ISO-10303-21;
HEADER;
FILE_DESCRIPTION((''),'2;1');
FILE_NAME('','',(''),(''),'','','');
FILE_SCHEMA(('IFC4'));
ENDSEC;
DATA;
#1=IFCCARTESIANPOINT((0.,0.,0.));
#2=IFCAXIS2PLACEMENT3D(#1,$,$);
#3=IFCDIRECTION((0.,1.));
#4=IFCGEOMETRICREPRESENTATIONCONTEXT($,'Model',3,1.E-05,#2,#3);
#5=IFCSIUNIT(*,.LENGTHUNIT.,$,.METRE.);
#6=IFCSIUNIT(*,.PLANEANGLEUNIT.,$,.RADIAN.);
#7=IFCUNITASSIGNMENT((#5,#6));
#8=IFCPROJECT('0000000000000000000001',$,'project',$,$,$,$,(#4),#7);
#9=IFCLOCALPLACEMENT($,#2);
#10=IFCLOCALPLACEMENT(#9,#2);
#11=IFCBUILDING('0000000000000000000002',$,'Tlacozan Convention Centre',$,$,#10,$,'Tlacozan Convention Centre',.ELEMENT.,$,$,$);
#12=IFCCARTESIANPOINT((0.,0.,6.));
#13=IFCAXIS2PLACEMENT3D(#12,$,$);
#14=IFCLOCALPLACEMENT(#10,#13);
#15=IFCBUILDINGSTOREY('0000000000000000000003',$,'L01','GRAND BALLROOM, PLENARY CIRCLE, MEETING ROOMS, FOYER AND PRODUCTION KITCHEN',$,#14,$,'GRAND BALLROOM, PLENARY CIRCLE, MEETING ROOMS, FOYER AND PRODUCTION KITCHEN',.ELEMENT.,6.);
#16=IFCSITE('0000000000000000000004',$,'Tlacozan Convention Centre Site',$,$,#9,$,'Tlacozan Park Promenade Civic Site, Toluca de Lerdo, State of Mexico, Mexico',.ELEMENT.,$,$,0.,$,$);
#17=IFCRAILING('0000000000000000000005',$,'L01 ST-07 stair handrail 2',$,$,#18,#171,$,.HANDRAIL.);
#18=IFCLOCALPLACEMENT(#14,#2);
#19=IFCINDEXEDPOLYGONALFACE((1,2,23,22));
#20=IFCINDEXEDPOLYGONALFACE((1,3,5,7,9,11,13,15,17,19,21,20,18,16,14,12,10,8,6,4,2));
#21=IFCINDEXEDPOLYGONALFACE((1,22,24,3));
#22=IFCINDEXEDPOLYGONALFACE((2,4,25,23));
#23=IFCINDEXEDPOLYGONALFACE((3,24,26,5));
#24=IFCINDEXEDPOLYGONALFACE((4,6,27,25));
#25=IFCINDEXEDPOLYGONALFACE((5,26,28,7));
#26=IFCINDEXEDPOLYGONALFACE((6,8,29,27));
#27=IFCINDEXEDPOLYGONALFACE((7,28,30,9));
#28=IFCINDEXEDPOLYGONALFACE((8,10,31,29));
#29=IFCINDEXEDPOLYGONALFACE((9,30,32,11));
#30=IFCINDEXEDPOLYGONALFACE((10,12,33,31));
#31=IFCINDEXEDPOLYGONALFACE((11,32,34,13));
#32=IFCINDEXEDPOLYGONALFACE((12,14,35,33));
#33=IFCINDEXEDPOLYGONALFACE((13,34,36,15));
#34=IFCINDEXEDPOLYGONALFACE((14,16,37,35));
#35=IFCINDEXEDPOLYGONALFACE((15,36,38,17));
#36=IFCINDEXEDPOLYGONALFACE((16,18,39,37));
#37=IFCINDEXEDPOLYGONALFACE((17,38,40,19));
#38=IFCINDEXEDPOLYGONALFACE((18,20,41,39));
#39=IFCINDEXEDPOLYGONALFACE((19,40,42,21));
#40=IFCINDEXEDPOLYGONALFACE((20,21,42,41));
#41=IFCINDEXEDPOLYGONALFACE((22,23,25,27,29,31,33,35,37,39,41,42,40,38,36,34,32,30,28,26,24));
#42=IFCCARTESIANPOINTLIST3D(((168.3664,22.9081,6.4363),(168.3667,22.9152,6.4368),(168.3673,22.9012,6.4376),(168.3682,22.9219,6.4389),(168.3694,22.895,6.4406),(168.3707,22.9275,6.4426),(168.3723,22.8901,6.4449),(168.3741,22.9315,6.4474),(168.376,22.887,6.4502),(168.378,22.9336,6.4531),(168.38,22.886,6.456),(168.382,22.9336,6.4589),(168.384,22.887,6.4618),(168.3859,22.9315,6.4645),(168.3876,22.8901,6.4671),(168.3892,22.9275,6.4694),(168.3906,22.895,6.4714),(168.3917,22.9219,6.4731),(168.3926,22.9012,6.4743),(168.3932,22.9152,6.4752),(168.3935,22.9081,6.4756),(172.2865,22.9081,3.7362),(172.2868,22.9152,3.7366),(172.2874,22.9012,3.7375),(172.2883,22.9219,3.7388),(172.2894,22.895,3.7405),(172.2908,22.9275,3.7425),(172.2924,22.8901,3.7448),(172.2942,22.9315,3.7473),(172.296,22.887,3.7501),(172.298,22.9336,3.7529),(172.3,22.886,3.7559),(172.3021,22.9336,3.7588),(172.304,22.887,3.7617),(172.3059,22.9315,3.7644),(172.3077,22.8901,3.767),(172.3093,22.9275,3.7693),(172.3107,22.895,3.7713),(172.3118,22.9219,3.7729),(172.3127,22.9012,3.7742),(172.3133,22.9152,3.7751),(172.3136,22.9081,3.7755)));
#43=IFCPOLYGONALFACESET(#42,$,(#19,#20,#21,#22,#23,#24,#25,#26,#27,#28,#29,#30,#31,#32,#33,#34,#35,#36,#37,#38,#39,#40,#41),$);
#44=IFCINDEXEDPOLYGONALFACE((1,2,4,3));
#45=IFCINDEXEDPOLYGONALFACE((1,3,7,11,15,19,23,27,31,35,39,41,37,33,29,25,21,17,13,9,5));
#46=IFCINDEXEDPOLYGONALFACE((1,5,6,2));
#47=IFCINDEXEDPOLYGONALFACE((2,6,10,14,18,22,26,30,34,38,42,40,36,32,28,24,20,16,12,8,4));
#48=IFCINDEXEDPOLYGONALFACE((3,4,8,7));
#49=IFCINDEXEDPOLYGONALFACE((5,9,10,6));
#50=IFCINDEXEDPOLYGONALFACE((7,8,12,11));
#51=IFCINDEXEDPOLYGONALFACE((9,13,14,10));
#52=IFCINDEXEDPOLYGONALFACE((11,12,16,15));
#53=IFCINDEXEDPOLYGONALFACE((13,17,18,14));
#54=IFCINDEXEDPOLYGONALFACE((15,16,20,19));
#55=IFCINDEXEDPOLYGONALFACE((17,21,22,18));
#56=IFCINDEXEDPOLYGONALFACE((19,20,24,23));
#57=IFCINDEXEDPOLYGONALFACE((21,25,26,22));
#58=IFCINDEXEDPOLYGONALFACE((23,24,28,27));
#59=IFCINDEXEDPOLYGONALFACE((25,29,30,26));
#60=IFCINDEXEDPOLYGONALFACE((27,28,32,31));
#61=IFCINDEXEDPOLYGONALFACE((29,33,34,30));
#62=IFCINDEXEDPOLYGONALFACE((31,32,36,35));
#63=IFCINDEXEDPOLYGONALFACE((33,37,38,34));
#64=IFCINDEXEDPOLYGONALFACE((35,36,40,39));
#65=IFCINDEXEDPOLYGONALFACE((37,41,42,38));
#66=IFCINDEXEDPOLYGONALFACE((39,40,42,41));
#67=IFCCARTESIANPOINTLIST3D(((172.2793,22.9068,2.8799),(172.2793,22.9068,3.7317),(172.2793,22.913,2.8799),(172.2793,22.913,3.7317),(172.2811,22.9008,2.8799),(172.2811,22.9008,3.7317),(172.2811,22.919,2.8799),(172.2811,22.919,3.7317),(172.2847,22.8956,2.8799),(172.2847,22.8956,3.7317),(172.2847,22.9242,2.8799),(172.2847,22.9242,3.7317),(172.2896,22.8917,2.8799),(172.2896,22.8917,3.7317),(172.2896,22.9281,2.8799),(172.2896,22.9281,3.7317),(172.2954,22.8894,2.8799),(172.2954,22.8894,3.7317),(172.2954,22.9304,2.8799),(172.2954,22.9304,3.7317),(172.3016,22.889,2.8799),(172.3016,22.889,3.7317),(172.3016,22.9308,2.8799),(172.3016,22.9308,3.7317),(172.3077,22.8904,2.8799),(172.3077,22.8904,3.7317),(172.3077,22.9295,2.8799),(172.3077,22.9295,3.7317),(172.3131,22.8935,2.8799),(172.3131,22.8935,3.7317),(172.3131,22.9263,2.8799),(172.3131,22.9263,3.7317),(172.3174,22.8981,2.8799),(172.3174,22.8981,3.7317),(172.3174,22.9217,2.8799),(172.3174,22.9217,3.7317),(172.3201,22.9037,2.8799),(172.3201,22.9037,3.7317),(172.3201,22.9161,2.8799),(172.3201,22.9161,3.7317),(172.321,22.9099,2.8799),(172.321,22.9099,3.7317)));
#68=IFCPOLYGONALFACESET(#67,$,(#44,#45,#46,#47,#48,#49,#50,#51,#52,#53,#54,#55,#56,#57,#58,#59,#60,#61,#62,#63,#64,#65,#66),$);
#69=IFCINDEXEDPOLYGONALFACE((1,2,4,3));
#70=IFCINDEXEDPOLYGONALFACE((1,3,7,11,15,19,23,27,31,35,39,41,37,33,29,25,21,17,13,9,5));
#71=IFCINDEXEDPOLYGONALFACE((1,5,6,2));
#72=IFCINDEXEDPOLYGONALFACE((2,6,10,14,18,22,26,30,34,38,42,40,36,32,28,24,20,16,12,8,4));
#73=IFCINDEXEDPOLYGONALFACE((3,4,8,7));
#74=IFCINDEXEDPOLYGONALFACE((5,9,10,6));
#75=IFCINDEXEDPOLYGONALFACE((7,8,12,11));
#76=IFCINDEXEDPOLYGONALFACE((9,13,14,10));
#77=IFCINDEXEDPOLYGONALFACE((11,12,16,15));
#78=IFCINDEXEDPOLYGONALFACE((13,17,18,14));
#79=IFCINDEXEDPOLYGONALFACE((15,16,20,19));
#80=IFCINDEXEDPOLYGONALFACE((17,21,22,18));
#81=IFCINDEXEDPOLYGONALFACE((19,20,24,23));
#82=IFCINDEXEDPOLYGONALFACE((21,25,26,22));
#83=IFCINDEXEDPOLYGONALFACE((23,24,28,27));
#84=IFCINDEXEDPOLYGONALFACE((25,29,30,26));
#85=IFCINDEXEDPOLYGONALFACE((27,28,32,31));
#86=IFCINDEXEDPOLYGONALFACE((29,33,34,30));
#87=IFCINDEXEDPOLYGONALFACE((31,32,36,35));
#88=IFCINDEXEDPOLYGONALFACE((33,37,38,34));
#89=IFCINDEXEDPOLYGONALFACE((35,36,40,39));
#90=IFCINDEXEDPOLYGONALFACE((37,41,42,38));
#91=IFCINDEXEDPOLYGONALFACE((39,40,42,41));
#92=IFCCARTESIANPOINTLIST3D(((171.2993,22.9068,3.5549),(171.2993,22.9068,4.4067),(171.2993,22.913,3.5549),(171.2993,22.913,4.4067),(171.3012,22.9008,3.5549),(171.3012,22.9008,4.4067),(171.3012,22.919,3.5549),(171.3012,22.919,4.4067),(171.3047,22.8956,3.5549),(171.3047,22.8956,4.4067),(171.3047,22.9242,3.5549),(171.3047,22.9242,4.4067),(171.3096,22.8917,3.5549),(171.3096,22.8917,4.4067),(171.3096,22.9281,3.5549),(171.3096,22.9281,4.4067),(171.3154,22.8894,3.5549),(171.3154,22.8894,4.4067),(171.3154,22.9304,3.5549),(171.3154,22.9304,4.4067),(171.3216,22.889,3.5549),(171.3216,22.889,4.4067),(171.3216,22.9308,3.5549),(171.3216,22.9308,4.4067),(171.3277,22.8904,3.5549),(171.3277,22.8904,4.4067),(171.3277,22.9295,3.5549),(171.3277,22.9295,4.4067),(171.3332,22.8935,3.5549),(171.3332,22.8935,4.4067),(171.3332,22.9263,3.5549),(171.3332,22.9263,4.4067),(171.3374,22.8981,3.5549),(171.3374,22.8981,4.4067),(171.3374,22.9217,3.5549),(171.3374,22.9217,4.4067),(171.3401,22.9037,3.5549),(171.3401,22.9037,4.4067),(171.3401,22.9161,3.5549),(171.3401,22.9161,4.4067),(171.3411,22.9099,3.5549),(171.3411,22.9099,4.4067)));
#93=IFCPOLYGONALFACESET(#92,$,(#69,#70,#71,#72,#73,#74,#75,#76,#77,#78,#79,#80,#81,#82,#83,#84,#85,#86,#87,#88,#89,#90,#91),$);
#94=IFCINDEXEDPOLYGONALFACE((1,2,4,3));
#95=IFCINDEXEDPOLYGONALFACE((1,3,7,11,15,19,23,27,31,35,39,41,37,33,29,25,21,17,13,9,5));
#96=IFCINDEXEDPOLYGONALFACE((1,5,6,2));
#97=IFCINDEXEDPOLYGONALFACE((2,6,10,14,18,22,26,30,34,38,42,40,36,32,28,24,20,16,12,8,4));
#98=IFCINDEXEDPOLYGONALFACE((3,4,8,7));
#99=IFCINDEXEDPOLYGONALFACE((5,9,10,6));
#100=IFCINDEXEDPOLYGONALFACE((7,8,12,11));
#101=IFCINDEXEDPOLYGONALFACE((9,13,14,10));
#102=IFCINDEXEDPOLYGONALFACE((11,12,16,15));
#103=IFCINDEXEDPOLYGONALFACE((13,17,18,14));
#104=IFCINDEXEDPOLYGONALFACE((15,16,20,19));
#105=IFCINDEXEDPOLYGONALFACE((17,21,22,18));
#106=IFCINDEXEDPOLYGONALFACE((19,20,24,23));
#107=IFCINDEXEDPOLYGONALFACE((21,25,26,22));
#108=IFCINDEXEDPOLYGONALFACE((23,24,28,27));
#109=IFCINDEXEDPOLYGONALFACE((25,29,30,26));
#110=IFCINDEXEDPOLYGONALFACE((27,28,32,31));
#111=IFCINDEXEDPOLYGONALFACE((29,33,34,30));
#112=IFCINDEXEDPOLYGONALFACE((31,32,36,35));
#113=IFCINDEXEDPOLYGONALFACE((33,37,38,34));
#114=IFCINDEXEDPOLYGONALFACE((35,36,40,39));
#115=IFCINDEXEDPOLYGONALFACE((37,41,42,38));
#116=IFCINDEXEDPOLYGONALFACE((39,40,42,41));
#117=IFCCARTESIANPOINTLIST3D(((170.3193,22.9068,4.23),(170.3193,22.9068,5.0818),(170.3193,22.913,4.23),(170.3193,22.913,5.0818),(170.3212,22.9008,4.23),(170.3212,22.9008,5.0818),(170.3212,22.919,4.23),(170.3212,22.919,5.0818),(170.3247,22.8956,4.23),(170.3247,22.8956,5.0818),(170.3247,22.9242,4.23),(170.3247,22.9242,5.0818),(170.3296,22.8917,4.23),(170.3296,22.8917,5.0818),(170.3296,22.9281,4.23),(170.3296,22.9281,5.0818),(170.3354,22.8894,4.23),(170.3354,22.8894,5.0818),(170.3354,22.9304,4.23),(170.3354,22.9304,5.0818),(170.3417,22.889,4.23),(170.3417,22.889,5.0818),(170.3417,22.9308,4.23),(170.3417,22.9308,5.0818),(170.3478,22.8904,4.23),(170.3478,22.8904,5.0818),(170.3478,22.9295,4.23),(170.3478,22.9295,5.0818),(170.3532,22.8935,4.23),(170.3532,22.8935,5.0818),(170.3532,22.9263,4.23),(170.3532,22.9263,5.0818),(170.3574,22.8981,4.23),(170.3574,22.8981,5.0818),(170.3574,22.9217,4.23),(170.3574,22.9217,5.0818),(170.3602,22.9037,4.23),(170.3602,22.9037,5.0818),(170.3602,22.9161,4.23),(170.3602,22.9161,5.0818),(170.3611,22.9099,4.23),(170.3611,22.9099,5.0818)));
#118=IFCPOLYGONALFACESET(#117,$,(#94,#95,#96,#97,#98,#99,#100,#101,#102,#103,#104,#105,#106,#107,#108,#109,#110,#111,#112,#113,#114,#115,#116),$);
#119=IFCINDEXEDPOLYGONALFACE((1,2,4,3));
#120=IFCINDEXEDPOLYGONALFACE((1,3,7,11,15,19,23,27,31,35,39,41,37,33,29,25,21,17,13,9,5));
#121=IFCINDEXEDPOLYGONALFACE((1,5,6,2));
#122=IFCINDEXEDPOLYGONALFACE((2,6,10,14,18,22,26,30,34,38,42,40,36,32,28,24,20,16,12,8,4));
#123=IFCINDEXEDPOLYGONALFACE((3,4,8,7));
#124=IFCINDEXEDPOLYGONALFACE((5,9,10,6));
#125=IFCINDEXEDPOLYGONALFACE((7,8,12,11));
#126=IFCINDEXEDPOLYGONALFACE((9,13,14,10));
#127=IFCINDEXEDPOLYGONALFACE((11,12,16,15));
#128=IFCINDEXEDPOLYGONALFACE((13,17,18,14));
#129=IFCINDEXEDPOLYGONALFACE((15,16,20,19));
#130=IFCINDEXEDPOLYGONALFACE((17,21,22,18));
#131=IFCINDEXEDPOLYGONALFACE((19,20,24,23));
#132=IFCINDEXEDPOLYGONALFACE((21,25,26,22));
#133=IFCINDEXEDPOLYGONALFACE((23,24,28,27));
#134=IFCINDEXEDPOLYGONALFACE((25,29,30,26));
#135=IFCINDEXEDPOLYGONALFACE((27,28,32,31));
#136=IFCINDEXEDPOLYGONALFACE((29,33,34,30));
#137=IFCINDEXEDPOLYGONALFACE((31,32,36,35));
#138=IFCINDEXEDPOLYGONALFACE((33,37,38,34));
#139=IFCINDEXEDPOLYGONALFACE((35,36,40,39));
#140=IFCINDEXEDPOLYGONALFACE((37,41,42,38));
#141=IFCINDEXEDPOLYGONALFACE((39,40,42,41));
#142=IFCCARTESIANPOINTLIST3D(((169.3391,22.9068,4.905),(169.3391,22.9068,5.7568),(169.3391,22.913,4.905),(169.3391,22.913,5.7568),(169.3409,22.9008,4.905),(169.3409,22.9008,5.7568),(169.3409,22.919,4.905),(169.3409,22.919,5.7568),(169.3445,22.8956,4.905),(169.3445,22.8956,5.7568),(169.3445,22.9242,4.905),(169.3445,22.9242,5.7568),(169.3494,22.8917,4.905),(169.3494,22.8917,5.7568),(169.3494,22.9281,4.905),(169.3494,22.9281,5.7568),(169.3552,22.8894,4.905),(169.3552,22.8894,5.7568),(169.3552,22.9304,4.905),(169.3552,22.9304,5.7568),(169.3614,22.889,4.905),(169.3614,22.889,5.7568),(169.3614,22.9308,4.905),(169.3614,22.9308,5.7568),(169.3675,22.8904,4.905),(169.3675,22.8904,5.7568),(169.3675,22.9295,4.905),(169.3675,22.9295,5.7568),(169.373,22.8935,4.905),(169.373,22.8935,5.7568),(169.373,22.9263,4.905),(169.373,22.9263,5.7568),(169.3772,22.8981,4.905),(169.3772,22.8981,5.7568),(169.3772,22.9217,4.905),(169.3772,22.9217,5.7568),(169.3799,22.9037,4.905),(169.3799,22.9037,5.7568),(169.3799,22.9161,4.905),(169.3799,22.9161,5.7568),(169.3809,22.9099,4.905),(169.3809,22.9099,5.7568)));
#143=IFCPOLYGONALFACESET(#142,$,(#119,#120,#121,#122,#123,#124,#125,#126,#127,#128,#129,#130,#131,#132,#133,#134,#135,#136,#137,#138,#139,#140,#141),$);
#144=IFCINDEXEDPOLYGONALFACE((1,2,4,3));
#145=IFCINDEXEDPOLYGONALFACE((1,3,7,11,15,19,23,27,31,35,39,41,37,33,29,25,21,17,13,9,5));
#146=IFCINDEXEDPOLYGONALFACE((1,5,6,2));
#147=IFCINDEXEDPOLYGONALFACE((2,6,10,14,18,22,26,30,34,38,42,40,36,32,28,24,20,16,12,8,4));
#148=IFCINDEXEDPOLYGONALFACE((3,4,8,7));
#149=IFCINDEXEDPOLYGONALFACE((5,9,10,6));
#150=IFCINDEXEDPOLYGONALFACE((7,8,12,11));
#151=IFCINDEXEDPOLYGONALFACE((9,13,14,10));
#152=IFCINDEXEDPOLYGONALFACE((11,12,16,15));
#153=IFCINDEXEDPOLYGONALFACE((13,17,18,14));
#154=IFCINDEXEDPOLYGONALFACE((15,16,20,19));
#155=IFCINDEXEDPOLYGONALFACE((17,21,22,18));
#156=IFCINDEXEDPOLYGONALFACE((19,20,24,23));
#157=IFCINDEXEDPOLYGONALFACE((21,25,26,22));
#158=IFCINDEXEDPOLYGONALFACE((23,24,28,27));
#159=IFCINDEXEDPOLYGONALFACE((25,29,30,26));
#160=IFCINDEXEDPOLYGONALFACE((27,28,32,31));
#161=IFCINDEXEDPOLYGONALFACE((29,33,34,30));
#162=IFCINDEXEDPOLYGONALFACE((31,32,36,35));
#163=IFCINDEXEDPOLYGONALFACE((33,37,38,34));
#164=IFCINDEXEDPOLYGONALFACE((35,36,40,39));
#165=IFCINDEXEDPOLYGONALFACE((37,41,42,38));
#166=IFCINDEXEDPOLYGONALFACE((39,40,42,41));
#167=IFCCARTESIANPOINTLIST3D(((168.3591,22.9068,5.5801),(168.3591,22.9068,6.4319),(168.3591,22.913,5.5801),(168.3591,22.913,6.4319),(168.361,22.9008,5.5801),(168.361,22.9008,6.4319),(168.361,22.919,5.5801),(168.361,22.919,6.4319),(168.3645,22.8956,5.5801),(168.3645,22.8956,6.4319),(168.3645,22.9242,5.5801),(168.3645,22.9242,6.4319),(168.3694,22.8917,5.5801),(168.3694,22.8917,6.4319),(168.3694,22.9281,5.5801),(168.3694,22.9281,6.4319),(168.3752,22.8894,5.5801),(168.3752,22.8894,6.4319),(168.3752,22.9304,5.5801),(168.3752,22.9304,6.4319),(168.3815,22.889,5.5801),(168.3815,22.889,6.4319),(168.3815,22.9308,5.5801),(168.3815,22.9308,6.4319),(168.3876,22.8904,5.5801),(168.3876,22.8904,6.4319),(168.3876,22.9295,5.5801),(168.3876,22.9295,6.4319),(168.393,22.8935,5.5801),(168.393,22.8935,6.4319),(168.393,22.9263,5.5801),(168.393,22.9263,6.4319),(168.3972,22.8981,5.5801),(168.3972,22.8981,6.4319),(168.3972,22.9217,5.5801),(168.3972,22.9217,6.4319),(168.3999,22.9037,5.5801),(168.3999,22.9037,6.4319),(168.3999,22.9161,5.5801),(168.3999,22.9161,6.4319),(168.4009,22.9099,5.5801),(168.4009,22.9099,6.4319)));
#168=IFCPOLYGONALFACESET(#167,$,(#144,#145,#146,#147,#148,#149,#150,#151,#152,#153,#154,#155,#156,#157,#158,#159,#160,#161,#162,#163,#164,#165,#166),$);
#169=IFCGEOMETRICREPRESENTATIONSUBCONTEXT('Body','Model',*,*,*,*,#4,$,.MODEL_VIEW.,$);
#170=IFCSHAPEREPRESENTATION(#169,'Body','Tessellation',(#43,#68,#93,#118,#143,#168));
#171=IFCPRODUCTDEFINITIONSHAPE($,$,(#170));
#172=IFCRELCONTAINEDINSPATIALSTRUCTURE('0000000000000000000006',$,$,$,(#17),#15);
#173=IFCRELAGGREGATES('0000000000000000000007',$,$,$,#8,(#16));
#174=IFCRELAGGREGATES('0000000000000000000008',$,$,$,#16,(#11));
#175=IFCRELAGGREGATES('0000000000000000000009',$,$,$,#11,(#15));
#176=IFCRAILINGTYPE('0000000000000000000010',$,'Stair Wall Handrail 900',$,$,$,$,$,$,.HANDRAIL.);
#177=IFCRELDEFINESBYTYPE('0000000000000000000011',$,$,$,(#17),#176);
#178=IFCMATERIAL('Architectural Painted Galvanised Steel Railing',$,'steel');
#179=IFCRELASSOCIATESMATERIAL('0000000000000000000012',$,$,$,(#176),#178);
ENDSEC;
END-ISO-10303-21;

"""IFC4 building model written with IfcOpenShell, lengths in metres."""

from ifc_helpers import new_model, si_unit, direction, frame, origin, origin_2d, place, context, subcontext, project, spatial, circle, extrude, material, type_object, element, save


model = new_model("IFC4")

# Units and contexts
model_context = context("Model", 3, precision=1e-05, world=origin(), true_north=direction((0.0, 1.0)))
body_context = subcontext(model_context, "Body", "Model", "MODEL_VIEW")
ifc_project = project(units=[si_unit("LENGTHUNIT", "METRE"), si_unit("PLANEANGLEUNIT", "RADIAN")], contexts=[model_context])

# Site, building, storey
site_placement = place(None, origin())
site = spatial("IfcSite", under=ifc_project, at=site_placement, Name="Tlacozan Convention Centre Site", LongName="Tlacozan Park Promenade Civic Site, Toluca de Lerdo, State of Mexico, Mexico", CompositionType="ELEMENT", RefElevation=0.0)
building_placement = place(site_placement, origin())
building = spatial("IfcBuilding", under=site, at=building_placement, Name="Tlacozan Convention Centre", LongName="Tlacozan Convention Centre", CompositionType="ELEMENT")
storey_placement = place(building_placement, frame((0.0, 0.0, 6.0)))
storey = spatial("IfcBuildingStorey", under=building, at=storey_placement, Name="L01", Description="GRAND BALLROOM, PLENARY CIRCLE, MEETING ROOMS, FOYER AND PRODUCTION KITCHEN", LongName="GRAND BALLROOM, PLENARY CIRCLE, MEETING ROOMS, FOYER AND PRODUCTION KITCHEN", CompositionType="ELEMENT", Elevation=6.0)

# Railing
ifc_material_1 = material(Name="Architectural Painted Galvanised Steel Railing", Category="steel")
railing_type_1 = type_object("IfcRailingType", Name="Stair Wall Handrail 900", PredefinedType="HANDRAIL", material=ifc_material_1)
railing_1_placement = place(storey_placement, frame((172.3, 22.9099, 2.8799)))
element("IfcRailing", 1, at=railing_1_placement, inside=storey, type_object=railing_type_1, Name="L01 ST-07 stair handrail 2", PredefinedType="HANDRAIL", context=body_context, shape_type="SweptSolid", body=[
    extrude(circle(Radius=0.0239, at=origin_2d()), frame((0.0, 0.0, 0.876), z_axis=(-0.823543, 0.0, 0.567253), x_axis=(0.0, -1.0, 0.0)), (0.0, 0.0, 1.0), 4.76),
    extrude(circle(Radius=0.021, at=origin_2d()), origin(), (0.0, 0.0, 1.0), 0.8518),
    extrude(circle(Radius=0.021, at=origin_2d()), frame((-0.98, 0.0, 0.675)), (0.0, 0.0, 1.0), 0.8518),
    extrude(circle(Radius=0.021, at=origin_2d()), frame((-1.96, 0.0, 1.3501)), (0.0, 0.0, 1.0), 0.8518),
    extrude(circle(Radius=0.021, at=origin_2d()), frame((-2.9402, 0.0, 2.0251)), (0.0, 0.0, 1.0), 0.8518),
    extrude(circle(Radius=0.021, at=origin_2d()), frame((-3.9202, 0.0, 2.7002)), (0.0, 0.0, 1.0), 0.8518),
])

save(model, "model.ifc")
